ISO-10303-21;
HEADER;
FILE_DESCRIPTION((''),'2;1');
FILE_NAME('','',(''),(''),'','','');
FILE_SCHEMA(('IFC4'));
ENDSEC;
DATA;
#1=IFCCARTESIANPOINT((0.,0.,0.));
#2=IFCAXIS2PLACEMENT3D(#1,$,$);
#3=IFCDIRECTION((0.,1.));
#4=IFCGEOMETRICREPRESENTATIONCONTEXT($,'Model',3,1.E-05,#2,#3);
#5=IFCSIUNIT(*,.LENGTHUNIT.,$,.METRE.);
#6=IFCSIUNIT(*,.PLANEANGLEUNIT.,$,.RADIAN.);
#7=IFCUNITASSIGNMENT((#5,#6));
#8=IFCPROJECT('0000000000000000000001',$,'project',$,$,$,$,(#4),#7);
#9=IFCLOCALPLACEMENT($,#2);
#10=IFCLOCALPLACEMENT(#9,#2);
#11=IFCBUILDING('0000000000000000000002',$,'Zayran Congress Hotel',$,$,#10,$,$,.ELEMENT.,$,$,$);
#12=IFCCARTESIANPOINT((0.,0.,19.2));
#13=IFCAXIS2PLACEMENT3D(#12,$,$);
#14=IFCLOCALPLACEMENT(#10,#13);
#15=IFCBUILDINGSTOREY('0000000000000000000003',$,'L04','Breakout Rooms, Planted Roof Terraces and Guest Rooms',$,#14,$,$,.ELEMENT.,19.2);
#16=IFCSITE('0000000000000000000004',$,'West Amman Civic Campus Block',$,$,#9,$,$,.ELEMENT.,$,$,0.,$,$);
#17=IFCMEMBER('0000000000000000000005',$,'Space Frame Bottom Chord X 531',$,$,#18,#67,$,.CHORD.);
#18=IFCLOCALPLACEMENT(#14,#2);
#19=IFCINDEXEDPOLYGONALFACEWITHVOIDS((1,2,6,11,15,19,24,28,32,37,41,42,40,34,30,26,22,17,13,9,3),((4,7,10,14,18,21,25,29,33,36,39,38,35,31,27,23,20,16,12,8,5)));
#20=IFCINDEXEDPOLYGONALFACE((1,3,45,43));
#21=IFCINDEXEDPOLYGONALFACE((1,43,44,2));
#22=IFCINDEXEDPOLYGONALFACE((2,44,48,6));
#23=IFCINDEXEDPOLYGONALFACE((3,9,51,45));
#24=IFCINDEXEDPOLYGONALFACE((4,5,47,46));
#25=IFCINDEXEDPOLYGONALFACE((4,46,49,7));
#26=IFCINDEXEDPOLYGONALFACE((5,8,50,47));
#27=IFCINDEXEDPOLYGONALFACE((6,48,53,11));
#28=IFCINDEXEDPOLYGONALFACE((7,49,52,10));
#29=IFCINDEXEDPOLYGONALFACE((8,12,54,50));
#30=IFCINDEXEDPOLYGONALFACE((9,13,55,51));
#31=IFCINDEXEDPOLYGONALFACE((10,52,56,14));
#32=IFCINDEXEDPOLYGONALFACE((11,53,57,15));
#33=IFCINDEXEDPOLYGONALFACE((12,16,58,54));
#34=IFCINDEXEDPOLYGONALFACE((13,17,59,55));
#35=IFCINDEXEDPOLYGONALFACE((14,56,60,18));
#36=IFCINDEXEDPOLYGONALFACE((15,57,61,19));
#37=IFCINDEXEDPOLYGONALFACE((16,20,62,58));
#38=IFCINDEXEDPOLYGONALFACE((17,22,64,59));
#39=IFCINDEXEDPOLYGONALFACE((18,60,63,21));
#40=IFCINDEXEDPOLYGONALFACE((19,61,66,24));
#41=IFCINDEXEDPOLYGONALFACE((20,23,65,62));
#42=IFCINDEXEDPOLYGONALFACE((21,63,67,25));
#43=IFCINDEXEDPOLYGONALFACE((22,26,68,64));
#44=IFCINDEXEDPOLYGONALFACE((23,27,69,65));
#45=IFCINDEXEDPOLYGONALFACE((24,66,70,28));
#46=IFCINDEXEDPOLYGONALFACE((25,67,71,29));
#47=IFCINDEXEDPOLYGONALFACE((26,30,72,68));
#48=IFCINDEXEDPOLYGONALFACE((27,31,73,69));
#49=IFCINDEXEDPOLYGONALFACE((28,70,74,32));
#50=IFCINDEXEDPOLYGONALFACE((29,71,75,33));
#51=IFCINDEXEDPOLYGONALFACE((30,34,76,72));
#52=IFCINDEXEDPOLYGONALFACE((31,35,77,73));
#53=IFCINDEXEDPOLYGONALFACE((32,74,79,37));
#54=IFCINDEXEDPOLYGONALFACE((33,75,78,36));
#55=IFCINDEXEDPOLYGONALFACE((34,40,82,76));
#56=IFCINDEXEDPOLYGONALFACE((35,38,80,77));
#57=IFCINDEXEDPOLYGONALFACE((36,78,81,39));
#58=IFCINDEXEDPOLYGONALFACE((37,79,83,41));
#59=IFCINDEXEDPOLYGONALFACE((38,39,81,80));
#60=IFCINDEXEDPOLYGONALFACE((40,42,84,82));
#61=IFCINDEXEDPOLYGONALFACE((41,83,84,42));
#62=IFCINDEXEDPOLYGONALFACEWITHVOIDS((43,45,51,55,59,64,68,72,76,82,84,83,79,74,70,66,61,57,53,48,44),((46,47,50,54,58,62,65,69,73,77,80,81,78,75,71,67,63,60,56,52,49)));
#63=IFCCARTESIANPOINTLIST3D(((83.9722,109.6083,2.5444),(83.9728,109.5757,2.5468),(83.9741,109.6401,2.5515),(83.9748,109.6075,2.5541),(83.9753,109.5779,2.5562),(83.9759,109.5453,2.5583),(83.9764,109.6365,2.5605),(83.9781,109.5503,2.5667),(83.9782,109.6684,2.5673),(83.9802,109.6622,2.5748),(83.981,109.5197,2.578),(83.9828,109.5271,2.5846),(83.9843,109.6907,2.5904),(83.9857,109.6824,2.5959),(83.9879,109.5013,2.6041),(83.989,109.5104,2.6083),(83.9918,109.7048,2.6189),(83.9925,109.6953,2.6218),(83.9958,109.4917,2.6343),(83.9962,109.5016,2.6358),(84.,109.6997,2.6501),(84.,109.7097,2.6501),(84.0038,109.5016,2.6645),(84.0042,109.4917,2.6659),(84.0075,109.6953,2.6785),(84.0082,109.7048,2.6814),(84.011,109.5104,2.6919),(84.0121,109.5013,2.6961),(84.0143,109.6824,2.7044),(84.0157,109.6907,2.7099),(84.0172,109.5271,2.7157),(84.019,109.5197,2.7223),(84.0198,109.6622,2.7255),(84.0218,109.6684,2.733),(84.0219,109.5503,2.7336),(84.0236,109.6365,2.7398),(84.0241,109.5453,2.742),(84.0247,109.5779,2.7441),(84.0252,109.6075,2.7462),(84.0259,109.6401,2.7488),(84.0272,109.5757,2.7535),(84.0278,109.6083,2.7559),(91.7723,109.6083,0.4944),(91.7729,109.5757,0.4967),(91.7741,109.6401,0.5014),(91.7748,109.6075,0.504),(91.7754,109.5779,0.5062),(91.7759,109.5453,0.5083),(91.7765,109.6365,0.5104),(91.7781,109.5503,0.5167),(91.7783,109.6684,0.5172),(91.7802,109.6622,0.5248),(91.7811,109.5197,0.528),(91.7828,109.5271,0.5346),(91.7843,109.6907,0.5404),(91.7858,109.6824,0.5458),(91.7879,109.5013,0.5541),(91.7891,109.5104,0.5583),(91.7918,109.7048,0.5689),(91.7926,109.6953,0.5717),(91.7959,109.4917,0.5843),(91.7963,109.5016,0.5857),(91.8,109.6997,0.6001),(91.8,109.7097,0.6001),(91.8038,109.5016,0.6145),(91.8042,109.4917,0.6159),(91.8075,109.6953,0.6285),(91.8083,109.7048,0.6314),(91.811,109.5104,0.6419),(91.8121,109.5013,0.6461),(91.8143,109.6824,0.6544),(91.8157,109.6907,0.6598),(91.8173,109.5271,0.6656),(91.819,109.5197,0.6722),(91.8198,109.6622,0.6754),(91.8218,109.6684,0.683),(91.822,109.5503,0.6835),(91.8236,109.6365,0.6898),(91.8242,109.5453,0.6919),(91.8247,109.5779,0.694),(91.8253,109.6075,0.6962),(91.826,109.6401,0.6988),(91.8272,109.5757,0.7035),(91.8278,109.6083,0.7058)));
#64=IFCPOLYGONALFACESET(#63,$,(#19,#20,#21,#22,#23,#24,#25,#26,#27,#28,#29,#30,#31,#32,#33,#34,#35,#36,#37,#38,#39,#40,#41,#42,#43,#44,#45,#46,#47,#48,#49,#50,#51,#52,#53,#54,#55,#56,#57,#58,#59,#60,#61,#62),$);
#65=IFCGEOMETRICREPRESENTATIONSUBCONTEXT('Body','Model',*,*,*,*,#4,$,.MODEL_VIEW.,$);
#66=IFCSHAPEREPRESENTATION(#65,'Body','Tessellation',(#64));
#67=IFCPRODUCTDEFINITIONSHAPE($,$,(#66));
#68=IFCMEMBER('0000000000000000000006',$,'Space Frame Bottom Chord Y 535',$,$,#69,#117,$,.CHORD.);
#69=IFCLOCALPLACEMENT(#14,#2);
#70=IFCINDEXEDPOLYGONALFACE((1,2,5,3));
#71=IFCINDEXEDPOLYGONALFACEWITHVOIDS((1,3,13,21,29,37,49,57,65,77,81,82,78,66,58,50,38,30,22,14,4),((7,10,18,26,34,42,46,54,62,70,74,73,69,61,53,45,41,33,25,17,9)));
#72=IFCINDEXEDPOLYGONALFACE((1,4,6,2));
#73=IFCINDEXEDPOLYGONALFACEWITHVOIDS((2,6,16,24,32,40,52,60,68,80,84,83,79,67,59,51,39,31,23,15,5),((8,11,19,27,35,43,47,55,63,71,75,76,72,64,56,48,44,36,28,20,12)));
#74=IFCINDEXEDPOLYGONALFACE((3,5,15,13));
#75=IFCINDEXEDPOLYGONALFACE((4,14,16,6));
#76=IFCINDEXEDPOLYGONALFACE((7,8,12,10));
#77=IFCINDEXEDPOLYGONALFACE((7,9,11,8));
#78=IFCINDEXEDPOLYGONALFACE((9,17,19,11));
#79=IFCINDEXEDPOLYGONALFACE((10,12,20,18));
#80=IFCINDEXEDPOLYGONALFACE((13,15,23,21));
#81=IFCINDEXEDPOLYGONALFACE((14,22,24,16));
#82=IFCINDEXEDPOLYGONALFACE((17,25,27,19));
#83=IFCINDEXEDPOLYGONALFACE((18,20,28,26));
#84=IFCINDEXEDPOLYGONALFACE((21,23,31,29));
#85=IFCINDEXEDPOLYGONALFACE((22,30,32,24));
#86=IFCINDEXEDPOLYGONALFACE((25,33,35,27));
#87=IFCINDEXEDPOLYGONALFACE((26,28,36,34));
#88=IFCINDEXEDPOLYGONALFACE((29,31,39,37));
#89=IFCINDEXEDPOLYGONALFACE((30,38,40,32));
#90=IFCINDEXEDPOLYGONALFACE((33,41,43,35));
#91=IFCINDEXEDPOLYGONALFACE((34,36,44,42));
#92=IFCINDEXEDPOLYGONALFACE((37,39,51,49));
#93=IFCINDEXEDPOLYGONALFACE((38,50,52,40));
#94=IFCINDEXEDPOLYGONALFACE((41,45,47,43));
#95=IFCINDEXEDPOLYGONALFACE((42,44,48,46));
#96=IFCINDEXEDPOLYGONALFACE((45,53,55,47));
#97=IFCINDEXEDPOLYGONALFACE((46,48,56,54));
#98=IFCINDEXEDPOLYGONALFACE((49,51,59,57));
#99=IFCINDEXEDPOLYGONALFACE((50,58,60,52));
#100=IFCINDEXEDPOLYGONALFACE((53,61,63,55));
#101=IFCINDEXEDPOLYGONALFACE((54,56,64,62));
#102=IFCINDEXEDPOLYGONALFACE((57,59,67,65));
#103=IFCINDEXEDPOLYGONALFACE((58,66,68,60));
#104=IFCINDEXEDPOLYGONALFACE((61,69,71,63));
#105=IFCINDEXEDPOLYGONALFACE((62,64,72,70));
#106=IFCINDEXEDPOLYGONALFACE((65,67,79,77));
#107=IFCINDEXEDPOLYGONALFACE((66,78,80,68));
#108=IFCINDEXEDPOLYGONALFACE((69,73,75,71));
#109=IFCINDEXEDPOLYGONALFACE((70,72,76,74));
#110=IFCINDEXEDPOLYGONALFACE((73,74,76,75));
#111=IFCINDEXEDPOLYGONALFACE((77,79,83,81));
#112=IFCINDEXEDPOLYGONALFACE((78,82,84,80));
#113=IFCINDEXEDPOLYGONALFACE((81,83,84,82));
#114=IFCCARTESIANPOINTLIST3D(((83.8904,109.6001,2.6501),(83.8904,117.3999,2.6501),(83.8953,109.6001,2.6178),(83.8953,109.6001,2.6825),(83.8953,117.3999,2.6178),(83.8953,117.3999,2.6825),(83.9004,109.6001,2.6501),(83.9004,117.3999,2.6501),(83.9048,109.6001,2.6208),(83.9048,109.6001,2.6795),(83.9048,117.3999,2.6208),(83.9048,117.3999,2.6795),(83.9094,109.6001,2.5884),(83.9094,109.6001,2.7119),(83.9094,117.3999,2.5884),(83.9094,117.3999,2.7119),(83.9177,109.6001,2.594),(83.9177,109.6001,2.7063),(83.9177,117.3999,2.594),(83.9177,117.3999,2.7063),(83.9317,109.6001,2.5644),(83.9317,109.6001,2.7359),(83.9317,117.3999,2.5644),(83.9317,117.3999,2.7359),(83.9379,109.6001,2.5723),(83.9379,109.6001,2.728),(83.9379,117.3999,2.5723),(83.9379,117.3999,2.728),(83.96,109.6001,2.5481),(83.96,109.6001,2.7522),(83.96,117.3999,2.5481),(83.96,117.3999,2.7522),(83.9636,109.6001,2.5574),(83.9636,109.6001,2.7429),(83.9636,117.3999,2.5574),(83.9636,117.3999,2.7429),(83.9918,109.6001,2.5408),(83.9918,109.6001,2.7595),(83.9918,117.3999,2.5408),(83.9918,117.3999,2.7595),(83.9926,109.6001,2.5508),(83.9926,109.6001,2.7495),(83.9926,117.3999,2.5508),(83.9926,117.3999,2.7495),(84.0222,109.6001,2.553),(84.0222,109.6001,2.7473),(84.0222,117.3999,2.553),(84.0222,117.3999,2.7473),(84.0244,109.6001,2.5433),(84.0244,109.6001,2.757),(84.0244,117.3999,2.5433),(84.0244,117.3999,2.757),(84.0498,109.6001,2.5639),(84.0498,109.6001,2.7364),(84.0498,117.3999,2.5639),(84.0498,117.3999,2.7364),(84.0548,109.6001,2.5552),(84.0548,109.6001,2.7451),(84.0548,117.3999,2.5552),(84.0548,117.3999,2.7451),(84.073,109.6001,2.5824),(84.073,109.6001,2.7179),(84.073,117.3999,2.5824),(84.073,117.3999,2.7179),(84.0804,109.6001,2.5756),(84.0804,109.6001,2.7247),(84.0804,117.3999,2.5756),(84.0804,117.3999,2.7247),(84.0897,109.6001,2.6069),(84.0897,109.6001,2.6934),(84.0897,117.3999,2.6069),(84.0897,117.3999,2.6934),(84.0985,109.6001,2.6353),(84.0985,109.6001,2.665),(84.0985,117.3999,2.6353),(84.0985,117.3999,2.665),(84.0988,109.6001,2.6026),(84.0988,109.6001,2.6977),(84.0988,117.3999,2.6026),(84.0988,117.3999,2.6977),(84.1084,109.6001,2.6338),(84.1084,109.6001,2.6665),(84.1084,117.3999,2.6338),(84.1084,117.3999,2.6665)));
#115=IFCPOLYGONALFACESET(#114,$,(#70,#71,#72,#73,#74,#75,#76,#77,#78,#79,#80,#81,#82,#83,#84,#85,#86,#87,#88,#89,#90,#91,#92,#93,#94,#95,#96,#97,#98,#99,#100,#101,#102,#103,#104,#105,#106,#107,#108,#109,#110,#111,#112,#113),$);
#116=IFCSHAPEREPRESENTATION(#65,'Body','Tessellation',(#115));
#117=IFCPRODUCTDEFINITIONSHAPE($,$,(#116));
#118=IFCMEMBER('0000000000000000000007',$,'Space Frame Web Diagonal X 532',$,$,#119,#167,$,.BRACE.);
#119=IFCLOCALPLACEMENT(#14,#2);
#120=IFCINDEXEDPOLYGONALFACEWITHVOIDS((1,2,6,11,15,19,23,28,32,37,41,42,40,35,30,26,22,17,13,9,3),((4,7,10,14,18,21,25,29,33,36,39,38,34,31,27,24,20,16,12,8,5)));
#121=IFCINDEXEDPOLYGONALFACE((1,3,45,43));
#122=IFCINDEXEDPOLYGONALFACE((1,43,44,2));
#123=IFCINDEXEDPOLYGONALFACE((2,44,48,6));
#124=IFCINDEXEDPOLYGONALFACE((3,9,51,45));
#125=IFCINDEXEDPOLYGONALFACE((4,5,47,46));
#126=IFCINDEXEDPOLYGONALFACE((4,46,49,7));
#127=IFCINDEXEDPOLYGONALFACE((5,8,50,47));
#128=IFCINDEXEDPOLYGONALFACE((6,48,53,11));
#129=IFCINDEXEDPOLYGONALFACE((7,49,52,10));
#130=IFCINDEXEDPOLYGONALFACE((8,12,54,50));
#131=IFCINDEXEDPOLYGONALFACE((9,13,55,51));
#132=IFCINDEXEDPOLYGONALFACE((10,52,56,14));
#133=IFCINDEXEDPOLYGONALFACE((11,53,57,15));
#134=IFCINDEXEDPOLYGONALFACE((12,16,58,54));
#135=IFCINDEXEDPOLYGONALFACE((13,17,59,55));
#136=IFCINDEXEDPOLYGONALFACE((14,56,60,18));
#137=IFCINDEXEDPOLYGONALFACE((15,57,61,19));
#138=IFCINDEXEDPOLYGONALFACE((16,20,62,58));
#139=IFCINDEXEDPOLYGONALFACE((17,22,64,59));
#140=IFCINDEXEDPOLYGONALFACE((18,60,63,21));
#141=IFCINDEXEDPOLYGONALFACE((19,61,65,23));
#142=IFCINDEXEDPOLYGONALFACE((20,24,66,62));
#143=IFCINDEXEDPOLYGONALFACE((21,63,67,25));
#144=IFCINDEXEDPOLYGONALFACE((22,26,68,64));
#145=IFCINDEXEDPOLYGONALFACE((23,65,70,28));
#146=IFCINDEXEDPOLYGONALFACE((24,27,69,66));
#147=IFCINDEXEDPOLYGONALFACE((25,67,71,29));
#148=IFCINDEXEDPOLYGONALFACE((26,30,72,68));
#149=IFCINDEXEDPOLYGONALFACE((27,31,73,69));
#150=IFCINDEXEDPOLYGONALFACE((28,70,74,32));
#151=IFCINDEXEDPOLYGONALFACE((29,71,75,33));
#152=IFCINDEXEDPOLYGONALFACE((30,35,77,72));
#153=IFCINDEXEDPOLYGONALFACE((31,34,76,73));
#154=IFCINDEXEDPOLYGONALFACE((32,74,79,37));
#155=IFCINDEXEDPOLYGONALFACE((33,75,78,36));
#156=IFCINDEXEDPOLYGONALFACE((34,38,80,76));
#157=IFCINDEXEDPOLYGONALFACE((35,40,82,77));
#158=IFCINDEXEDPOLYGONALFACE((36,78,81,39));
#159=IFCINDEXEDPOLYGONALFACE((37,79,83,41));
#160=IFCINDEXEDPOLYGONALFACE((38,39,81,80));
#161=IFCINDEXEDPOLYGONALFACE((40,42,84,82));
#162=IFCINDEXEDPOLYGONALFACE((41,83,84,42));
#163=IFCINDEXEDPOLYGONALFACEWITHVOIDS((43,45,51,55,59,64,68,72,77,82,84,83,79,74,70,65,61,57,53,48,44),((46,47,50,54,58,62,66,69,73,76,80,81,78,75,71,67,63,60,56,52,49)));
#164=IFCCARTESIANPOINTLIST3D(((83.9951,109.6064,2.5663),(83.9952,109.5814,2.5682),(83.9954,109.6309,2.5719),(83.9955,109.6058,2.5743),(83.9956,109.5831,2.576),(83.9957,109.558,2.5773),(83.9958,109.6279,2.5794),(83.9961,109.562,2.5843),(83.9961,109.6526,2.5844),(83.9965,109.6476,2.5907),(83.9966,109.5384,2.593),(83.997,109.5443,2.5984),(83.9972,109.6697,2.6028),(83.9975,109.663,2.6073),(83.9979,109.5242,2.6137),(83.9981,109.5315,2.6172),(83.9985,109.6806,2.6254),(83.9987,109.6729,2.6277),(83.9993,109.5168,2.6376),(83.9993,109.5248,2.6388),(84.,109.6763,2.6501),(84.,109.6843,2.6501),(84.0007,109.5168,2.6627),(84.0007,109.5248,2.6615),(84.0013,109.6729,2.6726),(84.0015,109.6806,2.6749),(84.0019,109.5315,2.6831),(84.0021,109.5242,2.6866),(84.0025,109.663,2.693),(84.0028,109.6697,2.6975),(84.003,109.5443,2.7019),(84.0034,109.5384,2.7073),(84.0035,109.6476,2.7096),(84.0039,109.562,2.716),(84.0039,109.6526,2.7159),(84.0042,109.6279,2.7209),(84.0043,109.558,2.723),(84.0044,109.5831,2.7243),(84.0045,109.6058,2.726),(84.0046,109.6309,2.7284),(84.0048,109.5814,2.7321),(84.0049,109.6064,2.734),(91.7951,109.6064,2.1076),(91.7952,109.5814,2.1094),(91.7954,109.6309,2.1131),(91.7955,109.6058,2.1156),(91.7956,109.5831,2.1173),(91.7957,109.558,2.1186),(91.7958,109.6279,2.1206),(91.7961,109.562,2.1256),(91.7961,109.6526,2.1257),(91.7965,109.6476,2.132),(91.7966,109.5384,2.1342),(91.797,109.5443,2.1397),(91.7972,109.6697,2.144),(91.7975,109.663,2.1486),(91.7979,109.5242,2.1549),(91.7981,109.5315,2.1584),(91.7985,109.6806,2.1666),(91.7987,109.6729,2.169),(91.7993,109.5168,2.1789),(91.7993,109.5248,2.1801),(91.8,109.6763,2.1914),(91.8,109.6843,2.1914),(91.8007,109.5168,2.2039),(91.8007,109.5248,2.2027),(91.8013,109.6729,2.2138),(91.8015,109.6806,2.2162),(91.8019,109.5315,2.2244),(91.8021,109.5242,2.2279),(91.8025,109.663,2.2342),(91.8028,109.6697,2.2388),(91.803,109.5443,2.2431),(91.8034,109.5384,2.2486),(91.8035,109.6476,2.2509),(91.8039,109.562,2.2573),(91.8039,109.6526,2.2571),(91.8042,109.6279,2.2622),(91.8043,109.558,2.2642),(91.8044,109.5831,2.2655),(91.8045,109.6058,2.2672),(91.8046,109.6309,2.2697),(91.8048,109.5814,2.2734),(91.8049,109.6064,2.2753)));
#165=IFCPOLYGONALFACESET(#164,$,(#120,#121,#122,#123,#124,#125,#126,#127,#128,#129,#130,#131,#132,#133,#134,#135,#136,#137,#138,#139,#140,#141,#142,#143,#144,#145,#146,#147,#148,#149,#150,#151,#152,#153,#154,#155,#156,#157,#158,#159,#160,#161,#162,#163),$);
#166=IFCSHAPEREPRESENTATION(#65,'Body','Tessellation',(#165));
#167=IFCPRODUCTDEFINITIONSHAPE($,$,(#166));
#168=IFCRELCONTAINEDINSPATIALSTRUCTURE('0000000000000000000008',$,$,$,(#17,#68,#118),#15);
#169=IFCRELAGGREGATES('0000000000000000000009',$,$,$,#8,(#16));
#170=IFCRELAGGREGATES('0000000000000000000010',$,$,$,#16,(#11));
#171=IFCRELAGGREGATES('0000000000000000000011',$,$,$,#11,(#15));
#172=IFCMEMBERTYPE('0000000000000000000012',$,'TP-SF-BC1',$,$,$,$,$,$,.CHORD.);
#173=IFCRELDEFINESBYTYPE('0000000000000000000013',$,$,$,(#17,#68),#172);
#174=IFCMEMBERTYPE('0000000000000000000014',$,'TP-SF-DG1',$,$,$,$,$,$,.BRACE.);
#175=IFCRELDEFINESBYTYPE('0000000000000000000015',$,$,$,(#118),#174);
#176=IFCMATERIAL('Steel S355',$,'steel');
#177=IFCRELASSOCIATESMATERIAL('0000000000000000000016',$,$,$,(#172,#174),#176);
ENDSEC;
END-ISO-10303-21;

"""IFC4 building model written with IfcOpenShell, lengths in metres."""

from ifc_helpers import new_model, si_unit, direction, frame, origin, origin_2d, place, context, subcontext, project, spatial, hollow_circle, extrude, material, material_profile, profile_set, type_object, element, save


model = new_model("IFC4")

# Units and contexts
model_context = context("Model", 3, precision=1e-05, world=origin(), true_north=direction((0.0, 1.0)))
body_context = subcontext(model_context, "Body", "Model", "MODEL_VIEW")
ifc_project = project(units=[si_unit("LENGTHUNIT", "METRE"), si_unit("PLANEANGLEUNIT", "RADIAN")], contexts=[model_context])

# Site, building, storey
site_placement = place(None, origin())
site = spatial("IfcSite", under=ifc_project, at=site_placement, Name="West Amman Civic Campus Block", CompositionType="ELEMENT", RefElevation=0.0)
building_placement = place(site_placement, origin())
building = spatial("IfcBuilding", under=site, at=building_placement, Name="Zayran Congress Hotel", CompositionType="ELEMENT")
storey_placement = place(building_placement, frame((0.0, 0.0, 19.2)))
storey = spatial("IfcBuildingStorey", under=building, at=storey_placement, Name="L04", Description="Breakout Rooms, Planted Roof Terraces and Guest Rooms", CompositionType="ELEMENT", Elevation=19.2)

# Shared definitions
ifc_material_1 = material(Name="Steel S355", Category="steel")

# Members
ifc_material_profile_1 = material_profile(ifc_material_1, hollow_circle(Radius=0.1096, WallThickness=0.01, at=origin_2d()), Name="CHS 219.1x10")
ifc_profile_set_1 = profile_set([ifc_material_profile_1], Name="Steel S355")
member_type_1 = type_object("IfcMemberType", Name="TP-SF-BC1", PredefinedType="CHORD", material=ifc_profile_set_1)
member_1_placement = place(storey_placement, frame((84.0, 109.6001, 2.6501), z_axis=(0.967154, 0.0, -0.254192), x_axis=(0.0, 1.0, 0.0)))
element("IfcMember", 1, at=member_1_placement, inside=storey, type_object=member_type_1, Name="Space Frame Bottom Chord X 531", PredefinedType="CHORD", context=body_context, shape_type="SweptSolid", body=[
    extrude(hollow_circle(Radius=0.1096, WallThickness=0.01, at=origin_2d()), origin(), (0.0, 0.0, 1.0), 8.0649),
])
member_2_placement = place(storey_placement, frame((84.0, 109.6001, 2.6501), z_axis=(0.0, 1.0, 0.0), x_axis=(-1.0, 0.0, 0.0)))
element("IfcMember", 2, at=member_2_placement, inside=storey, type_object=member_type_1, Name="Space Frame Bottom Chord Y 535", PredefinedType="CHORD", context=body_context, shape_type="SweptSolid", body=[
    extrude(hollow_circle(Radius=0.1096, WallThickness=0.01, at=origin_2d()), origin(), (0.0, 0.0, 1.0), 7.7998),
])
ifc_material_profile_2 = material_profile(ifc_material_1, hollow_circle(Radius=0.0842, WallThickness=0.0081, at=origin_2d()), Name="CHS 168.3x8")
ifc_profile_set_2 = profile_set([ifc_material_profile_2], Name="Steel S355")
member_type_2 = type_object("IfcMemberType", Name="TP-SF-DG1", PredefinedType="BRACE", material=ifc_profile_set_2)
member_3_placement = place(storey_placement, frame((84.0, 109.6001, 2.6501), z_axis=(0.998275, 0.0, -0.058711), x_axis=(0.0, 1.0, 0.0)))
element("IfcMember", 3, at=member_3_placement, inside=storey, type_object=member_type_2, Name="Space Frame Web Diagonal X 532", PredefinedType="BRACE", context=body_context, shape_type="SweptSolid", body=[
    extrude(hollow_circle(Radius=0.0842, WallThickness=0.0081, at=origin_2d()), origin(), (0.0, 0.0, 1.0), 7.8135),
])

save(model, "model.ifc")
